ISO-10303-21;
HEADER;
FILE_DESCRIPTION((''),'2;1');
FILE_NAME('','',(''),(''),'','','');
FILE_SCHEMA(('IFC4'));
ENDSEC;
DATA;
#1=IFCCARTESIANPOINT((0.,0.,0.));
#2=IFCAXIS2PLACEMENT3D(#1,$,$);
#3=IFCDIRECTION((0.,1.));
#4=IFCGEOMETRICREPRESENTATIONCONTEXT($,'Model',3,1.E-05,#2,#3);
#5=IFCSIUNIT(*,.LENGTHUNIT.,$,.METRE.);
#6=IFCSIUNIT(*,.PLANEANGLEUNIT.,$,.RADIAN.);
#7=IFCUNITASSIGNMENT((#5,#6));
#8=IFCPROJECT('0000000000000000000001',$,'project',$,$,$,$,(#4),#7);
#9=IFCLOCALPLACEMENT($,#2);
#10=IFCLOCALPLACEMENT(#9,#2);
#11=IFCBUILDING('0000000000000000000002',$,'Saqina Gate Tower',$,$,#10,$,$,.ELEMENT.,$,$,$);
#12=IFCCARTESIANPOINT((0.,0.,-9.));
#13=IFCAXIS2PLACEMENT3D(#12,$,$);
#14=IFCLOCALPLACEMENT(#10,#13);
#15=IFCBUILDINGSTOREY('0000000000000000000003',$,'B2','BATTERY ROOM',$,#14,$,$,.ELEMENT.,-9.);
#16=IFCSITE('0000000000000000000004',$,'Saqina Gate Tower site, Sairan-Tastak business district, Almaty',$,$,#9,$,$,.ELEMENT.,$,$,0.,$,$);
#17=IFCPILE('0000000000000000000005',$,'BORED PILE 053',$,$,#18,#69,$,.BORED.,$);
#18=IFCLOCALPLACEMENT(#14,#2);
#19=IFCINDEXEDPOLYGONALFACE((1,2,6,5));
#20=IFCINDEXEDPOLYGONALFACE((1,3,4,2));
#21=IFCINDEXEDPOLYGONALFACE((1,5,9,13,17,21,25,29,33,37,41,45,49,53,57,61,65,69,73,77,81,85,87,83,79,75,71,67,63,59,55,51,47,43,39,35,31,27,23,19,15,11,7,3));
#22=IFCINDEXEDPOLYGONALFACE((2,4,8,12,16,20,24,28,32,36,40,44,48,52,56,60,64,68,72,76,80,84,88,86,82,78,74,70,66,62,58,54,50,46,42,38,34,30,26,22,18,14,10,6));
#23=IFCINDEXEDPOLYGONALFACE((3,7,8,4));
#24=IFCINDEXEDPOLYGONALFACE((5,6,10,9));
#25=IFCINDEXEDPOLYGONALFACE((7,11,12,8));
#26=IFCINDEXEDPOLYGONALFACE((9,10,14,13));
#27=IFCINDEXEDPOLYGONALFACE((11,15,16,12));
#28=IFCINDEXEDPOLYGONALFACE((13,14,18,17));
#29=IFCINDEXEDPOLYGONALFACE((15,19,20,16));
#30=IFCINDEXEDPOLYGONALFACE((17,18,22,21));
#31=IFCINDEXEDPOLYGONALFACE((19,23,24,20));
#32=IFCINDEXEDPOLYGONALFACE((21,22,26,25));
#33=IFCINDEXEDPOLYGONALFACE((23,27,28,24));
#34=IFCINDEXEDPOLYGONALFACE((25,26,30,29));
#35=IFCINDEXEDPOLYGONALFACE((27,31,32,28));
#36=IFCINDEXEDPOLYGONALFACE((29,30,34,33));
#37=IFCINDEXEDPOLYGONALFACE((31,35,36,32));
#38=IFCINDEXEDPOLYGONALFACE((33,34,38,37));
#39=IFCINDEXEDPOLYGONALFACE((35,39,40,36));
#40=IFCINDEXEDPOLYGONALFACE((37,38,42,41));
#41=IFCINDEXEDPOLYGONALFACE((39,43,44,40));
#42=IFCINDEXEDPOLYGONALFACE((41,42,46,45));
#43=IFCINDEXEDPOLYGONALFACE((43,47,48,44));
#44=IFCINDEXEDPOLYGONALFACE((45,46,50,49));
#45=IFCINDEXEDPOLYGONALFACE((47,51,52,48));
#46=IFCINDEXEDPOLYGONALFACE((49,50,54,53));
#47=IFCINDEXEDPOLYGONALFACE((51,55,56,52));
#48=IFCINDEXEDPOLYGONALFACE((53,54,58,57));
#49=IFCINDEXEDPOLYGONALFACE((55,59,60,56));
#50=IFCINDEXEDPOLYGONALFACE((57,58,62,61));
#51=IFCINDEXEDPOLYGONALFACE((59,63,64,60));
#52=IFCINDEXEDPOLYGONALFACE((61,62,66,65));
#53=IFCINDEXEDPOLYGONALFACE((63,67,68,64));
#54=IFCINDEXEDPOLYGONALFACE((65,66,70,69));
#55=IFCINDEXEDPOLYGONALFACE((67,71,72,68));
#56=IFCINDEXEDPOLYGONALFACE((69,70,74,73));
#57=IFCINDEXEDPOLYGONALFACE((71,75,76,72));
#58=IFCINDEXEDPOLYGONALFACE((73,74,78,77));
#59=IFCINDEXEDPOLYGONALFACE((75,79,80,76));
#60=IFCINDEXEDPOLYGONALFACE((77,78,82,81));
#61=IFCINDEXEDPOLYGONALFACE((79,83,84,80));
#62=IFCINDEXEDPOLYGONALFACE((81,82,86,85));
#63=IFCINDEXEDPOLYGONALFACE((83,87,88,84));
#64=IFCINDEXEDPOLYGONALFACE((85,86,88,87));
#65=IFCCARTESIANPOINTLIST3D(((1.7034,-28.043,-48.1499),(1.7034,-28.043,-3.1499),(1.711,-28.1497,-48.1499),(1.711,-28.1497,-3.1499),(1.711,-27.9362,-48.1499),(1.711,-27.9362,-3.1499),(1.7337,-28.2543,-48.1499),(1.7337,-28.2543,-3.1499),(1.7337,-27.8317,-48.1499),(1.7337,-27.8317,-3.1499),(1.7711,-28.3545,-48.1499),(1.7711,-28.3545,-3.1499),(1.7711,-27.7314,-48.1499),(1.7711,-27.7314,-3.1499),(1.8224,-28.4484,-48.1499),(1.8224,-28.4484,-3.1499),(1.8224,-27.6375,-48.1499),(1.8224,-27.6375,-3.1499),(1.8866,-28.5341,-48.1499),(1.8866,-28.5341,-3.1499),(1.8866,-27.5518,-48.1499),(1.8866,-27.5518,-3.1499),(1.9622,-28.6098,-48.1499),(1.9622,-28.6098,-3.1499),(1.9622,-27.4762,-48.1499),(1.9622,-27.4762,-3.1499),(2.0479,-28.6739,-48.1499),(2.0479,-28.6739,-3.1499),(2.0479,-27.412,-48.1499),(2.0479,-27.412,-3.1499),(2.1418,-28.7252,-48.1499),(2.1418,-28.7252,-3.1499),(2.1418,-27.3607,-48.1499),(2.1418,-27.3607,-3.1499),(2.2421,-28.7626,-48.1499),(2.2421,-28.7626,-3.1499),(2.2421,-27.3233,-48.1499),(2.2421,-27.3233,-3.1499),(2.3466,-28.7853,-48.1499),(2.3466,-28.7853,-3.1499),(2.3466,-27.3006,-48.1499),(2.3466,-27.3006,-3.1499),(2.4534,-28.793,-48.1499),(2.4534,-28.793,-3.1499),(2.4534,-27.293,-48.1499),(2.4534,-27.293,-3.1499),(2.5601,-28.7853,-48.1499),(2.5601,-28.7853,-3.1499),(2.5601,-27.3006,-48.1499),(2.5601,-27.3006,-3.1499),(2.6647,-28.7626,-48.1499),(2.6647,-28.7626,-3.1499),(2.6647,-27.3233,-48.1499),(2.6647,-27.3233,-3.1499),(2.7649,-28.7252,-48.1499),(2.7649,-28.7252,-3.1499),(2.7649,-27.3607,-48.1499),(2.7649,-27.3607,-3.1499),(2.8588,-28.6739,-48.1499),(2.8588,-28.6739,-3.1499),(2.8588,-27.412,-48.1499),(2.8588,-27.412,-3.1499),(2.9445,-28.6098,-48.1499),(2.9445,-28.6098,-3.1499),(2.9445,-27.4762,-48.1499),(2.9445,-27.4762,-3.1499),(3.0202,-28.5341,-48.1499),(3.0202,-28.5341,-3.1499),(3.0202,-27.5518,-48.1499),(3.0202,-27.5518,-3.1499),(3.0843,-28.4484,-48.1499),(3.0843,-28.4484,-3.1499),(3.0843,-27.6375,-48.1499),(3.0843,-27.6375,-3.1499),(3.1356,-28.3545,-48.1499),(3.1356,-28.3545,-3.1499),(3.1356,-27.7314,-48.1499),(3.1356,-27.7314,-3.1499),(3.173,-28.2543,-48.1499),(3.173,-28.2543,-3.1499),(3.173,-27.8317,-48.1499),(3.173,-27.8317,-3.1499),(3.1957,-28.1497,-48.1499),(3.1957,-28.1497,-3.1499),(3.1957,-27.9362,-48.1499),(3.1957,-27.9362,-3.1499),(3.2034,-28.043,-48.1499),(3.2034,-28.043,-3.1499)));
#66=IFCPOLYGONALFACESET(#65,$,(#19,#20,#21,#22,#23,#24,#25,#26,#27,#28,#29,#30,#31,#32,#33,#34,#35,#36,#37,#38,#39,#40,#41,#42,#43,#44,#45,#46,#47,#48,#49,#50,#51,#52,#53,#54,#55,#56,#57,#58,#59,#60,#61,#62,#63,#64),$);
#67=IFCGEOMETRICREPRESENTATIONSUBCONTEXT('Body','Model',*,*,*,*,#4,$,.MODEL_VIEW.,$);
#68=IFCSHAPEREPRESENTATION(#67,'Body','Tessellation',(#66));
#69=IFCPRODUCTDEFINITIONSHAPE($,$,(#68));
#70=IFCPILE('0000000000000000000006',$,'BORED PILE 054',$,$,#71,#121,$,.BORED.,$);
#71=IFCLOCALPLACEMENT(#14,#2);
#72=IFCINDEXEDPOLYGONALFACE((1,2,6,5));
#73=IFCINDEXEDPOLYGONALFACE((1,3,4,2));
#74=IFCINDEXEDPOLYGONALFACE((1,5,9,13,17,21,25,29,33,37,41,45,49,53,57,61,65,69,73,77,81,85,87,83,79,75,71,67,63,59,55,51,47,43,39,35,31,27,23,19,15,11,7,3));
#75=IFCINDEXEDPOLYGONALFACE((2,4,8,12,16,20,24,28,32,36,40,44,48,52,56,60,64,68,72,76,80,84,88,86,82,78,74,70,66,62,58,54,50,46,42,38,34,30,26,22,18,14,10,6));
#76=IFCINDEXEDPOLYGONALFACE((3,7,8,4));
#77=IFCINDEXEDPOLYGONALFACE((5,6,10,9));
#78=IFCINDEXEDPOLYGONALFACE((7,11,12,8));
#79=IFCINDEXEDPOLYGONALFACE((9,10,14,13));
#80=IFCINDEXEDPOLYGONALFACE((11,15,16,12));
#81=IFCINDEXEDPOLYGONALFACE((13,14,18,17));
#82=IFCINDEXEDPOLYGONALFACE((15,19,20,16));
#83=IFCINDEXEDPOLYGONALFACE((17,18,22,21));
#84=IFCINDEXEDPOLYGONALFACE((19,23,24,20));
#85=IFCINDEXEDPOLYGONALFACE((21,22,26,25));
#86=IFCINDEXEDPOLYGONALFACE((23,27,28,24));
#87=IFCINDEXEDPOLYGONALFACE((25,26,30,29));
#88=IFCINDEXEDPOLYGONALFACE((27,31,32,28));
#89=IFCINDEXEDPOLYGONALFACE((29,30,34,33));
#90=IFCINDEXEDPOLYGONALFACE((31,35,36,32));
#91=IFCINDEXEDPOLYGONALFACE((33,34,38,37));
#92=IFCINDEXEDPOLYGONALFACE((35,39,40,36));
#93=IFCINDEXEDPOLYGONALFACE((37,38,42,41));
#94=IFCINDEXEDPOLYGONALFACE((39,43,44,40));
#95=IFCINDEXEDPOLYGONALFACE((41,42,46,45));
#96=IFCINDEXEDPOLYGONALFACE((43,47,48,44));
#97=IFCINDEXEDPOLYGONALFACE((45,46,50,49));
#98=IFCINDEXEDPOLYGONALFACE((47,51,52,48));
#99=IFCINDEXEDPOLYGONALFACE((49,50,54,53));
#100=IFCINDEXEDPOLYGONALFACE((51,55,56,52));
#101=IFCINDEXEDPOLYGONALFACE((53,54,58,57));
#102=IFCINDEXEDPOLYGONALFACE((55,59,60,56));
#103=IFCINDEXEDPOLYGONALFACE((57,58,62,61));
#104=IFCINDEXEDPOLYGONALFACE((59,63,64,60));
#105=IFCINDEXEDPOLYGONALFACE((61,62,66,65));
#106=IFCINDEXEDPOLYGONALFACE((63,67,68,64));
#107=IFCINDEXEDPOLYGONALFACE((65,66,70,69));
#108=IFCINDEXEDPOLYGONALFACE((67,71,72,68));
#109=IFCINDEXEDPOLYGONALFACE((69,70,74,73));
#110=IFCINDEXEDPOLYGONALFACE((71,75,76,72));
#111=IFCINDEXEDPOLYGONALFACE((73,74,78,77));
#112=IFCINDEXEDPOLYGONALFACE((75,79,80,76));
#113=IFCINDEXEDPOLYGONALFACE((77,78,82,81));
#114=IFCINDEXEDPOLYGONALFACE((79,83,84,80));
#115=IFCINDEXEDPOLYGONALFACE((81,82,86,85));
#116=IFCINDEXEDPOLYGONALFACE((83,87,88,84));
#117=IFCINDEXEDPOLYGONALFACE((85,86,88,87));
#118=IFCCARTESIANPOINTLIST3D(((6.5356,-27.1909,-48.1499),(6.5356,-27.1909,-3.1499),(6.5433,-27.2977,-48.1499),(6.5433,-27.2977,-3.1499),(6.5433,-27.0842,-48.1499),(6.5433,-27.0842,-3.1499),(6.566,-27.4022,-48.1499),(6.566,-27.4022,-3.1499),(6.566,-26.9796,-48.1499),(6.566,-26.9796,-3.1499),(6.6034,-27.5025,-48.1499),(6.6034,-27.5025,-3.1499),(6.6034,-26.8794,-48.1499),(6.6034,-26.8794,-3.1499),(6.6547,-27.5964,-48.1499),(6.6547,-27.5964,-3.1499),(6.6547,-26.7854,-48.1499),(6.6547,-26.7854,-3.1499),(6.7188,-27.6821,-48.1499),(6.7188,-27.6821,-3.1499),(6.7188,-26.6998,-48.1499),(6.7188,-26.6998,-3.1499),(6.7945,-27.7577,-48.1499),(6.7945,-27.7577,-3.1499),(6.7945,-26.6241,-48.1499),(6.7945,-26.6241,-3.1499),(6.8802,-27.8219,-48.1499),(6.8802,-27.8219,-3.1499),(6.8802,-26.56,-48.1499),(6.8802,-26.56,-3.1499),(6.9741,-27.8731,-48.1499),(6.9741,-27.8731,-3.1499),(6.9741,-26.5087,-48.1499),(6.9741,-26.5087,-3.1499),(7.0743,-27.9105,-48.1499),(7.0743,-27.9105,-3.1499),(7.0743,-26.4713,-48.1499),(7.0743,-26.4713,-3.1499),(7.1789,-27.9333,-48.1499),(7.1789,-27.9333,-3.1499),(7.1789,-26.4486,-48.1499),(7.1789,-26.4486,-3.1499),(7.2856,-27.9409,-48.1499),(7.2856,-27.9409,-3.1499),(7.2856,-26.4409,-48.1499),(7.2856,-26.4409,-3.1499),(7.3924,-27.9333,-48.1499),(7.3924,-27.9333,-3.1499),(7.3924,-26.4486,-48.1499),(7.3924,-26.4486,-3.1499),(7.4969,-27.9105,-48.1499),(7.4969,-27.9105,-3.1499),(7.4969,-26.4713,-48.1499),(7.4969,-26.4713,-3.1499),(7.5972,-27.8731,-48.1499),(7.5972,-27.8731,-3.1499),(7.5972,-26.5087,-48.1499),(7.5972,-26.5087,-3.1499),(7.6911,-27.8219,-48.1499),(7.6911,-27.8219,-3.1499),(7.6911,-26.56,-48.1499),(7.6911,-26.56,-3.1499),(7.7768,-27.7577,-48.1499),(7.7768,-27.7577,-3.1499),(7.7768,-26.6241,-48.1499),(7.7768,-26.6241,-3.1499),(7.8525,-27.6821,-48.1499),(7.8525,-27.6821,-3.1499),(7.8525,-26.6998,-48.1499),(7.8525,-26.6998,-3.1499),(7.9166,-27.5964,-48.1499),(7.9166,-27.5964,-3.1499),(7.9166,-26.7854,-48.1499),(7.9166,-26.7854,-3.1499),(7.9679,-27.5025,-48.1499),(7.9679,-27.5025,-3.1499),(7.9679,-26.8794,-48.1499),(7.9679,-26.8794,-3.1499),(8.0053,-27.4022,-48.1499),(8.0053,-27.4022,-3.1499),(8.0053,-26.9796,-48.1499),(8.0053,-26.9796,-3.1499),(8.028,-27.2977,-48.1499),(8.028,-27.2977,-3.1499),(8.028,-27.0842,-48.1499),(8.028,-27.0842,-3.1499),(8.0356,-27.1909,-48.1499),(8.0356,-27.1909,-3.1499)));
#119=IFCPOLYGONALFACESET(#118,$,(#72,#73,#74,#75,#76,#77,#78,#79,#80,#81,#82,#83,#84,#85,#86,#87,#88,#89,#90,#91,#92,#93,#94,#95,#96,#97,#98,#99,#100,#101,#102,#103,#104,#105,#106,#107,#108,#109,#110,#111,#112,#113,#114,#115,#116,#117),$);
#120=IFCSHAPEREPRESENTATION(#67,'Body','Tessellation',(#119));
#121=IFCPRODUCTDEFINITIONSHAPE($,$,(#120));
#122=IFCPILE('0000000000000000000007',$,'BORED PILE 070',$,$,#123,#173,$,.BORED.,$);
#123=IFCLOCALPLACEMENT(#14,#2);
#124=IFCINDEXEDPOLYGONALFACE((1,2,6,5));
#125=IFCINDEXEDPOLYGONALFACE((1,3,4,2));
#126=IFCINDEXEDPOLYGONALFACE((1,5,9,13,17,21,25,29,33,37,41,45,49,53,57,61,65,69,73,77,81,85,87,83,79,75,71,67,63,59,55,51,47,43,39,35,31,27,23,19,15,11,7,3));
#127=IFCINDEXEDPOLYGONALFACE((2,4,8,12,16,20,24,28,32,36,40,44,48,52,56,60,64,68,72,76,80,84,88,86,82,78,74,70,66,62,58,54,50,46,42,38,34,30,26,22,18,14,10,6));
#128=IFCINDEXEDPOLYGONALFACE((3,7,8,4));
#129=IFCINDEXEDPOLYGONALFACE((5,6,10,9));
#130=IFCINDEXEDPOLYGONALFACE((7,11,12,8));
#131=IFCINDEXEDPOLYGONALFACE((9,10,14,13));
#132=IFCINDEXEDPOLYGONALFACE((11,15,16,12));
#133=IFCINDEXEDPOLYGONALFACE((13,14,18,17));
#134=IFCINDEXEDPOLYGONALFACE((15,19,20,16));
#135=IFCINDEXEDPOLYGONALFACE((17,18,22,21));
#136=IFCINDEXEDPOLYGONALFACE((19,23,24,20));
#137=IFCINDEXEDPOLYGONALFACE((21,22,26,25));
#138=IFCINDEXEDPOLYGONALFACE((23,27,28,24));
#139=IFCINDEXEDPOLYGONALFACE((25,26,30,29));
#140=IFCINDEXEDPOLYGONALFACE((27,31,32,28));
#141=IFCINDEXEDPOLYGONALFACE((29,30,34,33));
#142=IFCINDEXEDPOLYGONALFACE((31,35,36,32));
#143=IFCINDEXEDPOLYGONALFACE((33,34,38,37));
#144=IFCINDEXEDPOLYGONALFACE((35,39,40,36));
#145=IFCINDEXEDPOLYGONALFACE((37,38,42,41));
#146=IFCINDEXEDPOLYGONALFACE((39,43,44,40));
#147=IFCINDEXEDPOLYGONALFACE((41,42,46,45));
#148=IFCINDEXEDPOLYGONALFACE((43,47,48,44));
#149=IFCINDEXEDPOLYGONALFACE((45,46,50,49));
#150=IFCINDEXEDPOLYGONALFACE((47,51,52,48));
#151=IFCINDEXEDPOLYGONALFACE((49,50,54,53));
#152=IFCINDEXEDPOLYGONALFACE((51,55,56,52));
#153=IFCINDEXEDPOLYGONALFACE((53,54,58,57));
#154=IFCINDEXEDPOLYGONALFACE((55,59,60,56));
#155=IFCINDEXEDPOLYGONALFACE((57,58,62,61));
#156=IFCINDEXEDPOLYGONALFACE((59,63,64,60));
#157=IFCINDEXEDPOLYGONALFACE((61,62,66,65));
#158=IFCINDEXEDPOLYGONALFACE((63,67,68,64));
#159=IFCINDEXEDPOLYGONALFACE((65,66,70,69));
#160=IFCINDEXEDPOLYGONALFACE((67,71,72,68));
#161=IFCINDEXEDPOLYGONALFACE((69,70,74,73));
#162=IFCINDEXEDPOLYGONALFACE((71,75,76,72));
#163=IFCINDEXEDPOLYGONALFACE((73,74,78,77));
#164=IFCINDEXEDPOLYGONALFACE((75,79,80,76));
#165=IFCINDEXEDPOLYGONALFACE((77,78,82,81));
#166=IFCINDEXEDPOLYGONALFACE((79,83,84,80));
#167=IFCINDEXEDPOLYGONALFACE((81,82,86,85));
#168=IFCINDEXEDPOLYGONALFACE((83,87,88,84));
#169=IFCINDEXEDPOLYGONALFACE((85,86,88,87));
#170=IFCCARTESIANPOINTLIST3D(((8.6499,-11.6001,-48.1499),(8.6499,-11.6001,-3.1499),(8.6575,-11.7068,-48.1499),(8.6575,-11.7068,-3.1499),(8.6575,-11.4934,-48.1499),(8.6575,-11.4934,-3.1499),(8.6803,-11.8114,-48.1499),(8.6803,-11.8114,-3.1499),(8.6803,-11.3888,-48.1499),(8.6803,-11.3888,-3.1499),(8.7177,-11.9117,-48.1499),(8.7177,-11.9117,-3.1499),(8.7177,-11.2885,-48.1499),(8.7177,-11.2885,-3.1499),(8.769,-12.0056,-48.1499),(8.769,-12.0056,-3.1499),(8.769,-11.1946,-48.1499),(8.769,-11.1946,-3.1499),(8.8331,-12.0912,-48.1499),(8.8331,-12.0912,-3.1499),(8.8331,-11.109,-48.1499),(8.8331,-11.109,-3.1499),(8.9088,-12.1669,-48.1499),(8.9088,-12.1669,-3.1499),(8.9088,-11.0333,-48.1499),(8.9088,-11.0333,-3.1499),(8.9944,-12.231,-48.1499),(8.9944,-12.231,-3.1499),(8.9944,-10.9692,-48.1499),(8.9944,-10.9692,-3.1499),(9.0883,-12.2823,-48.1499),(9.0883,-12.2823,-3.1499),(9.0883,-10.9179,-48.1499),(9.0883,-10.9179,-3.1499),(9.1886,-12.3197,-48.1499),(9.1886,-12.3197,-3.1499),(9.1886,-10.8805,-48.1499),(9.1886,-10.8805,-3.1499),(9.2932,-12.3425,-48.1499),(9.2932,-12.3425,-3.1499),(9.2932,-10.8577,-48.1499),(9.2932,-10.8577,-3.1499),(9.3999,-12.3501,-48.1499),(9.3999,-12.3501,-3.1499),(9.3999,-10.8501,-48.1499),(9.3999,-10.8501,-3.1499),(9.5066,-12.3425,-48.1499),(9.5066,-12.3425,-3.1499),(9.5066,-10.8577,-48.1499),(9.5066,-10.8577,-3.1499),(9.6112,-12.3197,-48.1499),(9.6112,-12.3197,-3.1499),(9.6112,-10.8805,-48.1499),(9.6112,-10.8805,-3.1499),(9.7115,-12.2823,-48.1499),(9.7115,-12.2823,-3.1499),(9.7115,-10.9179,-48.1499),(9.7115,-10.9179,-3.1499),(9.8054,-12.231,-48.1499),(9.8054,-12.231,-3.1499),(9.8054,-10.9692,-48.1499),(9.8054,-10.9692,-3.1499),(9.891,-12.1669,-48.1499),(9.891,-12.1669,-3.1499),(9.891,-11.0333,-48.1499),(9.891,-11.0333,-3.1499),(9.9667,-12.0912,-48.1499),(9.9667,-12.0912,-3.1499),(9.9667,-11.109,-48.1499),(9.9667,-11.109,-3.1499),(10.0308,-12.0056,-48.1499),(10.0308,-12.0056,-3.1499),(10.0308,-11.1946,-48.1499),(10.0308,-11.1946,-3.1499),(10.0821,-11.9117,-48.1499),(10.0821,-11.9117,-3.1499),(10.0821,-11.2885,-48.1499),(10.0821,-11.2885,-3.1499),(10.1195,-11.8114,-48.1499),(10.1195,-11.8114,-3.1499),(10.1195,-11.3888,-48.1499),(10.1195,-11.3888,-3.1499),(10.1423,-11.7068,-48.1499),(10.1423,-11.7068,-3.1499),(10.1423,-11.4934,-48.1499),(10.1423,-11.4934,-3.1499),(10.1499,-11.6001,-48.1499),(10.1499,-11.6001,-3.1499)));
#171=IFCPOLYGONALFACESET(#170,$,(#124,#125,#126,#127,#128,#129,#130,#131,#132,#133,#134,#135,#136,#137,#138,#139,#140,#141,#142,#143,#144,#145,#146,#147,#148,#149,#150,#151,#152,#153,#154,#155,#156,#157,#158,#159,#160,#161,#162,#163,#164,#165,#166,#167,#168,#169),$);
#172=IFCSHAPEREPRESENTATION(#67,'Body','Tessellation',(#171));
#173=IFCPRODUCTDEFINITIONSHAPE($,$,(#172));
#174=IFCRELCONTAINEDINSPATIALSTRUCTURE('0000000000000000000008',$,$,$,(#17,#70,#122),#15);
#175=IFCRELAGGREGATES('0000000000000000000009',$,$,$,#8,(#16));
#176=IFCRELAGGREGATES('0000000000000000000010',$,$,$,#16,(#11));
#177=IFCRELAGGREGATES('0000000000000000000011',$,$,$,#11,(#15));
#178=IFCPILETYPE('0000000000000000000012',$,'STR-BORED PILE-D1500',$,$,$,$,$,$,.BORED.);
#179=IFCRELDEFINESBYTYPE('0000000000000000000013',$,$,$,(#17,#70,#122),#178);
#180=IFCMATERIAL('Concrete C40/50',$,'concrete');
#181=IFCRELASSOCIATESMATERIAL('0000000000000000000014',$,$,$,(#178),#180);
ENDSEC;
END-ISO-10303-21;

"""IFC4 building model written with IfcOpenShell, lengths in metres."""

from ifc_helpers import new_model, si_unit, direction, frame, origin, origin_2d, place, context, subcontext, project, spatial, circle, extrude, material, material_profile, profile_set, type_object, element, save


model = new_model("IFC4")

# Units and contexts
model_context = context("Model", 3, precision=1e-05, world=origin(), true_north=direction((0.0, 1.0)))
body_context = subcontext(model_context, "Body", "Model", "MODEL_VIEW")
ifc_project = project(units=[si_unit("LENGTHUNIT", "METRE"), si_unit("PLANEANGLEUNIT", "RADIAN")], contexts=[model_context])

# Site, building, storey
site_placement = place(None, origin())
site = spatial("IfcSite", under=ifc_project, at=site_placement, Name="Saqina Gate Tower site, Sairan-Tastak business district, Almaty", CompositionType="ELEMENT", RefElevation=0.0)
building_placement = place(site_placement, origin())
building = spatial("IfcBuilding", under=site, at=building_placement, Name="Saqina Gate Tower", CompositionType="ELEMENT")
storey_placement = place(building_placement, frame((0.0, 0.0, -9.0)))
storey = spatial("IfcBuildingStorey", under=building, at=storey_placement, Name="B2", Description="BATTERY ROOM", CompositionType="ELEMENT", Elevation=-9.0)

# Piles
ifc_material_1 = material(Name="Concrete C40/50", Category="concrete")
ifc_material_profile_1 = material_profile(ifc_material_1, circle(Radius=0.75, at=origin_2d()), Name="RC D1500")
ifc_profile_set_1 = profile_set([ifc_material_profile_1], Name="Concrete C40/50")
pile_type = type_object("IfcPileType", Name="STR-BORED PILE-D1500", PredefinedType="BORED", material=ifc_profile_set_1)
for number, where, z_axis, x_axis, name in (
    (1, (2.4534, -28.043, -3.1499), (0.0, 0.0, -1.0), (1.0, 0.0, 0.0), "BORED PILE 053"),
    (2, (7.2856, -27.1909, -3.1499), (0.0, 0.0, -1.0), (1.0, 0.0, 0.0), "BORED PILE 054"),
    (3, (9.3999, -11.6001, -3.1499), (0.0, 0.0, -1.0), (1.0, 0.0, 0.0), "BORED PILE 070"),
):
    element("IfcPile", number, at=place(storey_placement, frame(where, z_axis=z_axis, x_axis=x_axis)), inside=storey, type_object=pile_type, Name=name, PredefinedType="BORED", context=body_context, shape_type="SweptSolid", body=[
        extrude(circle(Radius=0.75, at=origin_2d()), origin(), (0.0, 0.0, 1.0), 45.0),
    ])

save(model, "model.ifc")
